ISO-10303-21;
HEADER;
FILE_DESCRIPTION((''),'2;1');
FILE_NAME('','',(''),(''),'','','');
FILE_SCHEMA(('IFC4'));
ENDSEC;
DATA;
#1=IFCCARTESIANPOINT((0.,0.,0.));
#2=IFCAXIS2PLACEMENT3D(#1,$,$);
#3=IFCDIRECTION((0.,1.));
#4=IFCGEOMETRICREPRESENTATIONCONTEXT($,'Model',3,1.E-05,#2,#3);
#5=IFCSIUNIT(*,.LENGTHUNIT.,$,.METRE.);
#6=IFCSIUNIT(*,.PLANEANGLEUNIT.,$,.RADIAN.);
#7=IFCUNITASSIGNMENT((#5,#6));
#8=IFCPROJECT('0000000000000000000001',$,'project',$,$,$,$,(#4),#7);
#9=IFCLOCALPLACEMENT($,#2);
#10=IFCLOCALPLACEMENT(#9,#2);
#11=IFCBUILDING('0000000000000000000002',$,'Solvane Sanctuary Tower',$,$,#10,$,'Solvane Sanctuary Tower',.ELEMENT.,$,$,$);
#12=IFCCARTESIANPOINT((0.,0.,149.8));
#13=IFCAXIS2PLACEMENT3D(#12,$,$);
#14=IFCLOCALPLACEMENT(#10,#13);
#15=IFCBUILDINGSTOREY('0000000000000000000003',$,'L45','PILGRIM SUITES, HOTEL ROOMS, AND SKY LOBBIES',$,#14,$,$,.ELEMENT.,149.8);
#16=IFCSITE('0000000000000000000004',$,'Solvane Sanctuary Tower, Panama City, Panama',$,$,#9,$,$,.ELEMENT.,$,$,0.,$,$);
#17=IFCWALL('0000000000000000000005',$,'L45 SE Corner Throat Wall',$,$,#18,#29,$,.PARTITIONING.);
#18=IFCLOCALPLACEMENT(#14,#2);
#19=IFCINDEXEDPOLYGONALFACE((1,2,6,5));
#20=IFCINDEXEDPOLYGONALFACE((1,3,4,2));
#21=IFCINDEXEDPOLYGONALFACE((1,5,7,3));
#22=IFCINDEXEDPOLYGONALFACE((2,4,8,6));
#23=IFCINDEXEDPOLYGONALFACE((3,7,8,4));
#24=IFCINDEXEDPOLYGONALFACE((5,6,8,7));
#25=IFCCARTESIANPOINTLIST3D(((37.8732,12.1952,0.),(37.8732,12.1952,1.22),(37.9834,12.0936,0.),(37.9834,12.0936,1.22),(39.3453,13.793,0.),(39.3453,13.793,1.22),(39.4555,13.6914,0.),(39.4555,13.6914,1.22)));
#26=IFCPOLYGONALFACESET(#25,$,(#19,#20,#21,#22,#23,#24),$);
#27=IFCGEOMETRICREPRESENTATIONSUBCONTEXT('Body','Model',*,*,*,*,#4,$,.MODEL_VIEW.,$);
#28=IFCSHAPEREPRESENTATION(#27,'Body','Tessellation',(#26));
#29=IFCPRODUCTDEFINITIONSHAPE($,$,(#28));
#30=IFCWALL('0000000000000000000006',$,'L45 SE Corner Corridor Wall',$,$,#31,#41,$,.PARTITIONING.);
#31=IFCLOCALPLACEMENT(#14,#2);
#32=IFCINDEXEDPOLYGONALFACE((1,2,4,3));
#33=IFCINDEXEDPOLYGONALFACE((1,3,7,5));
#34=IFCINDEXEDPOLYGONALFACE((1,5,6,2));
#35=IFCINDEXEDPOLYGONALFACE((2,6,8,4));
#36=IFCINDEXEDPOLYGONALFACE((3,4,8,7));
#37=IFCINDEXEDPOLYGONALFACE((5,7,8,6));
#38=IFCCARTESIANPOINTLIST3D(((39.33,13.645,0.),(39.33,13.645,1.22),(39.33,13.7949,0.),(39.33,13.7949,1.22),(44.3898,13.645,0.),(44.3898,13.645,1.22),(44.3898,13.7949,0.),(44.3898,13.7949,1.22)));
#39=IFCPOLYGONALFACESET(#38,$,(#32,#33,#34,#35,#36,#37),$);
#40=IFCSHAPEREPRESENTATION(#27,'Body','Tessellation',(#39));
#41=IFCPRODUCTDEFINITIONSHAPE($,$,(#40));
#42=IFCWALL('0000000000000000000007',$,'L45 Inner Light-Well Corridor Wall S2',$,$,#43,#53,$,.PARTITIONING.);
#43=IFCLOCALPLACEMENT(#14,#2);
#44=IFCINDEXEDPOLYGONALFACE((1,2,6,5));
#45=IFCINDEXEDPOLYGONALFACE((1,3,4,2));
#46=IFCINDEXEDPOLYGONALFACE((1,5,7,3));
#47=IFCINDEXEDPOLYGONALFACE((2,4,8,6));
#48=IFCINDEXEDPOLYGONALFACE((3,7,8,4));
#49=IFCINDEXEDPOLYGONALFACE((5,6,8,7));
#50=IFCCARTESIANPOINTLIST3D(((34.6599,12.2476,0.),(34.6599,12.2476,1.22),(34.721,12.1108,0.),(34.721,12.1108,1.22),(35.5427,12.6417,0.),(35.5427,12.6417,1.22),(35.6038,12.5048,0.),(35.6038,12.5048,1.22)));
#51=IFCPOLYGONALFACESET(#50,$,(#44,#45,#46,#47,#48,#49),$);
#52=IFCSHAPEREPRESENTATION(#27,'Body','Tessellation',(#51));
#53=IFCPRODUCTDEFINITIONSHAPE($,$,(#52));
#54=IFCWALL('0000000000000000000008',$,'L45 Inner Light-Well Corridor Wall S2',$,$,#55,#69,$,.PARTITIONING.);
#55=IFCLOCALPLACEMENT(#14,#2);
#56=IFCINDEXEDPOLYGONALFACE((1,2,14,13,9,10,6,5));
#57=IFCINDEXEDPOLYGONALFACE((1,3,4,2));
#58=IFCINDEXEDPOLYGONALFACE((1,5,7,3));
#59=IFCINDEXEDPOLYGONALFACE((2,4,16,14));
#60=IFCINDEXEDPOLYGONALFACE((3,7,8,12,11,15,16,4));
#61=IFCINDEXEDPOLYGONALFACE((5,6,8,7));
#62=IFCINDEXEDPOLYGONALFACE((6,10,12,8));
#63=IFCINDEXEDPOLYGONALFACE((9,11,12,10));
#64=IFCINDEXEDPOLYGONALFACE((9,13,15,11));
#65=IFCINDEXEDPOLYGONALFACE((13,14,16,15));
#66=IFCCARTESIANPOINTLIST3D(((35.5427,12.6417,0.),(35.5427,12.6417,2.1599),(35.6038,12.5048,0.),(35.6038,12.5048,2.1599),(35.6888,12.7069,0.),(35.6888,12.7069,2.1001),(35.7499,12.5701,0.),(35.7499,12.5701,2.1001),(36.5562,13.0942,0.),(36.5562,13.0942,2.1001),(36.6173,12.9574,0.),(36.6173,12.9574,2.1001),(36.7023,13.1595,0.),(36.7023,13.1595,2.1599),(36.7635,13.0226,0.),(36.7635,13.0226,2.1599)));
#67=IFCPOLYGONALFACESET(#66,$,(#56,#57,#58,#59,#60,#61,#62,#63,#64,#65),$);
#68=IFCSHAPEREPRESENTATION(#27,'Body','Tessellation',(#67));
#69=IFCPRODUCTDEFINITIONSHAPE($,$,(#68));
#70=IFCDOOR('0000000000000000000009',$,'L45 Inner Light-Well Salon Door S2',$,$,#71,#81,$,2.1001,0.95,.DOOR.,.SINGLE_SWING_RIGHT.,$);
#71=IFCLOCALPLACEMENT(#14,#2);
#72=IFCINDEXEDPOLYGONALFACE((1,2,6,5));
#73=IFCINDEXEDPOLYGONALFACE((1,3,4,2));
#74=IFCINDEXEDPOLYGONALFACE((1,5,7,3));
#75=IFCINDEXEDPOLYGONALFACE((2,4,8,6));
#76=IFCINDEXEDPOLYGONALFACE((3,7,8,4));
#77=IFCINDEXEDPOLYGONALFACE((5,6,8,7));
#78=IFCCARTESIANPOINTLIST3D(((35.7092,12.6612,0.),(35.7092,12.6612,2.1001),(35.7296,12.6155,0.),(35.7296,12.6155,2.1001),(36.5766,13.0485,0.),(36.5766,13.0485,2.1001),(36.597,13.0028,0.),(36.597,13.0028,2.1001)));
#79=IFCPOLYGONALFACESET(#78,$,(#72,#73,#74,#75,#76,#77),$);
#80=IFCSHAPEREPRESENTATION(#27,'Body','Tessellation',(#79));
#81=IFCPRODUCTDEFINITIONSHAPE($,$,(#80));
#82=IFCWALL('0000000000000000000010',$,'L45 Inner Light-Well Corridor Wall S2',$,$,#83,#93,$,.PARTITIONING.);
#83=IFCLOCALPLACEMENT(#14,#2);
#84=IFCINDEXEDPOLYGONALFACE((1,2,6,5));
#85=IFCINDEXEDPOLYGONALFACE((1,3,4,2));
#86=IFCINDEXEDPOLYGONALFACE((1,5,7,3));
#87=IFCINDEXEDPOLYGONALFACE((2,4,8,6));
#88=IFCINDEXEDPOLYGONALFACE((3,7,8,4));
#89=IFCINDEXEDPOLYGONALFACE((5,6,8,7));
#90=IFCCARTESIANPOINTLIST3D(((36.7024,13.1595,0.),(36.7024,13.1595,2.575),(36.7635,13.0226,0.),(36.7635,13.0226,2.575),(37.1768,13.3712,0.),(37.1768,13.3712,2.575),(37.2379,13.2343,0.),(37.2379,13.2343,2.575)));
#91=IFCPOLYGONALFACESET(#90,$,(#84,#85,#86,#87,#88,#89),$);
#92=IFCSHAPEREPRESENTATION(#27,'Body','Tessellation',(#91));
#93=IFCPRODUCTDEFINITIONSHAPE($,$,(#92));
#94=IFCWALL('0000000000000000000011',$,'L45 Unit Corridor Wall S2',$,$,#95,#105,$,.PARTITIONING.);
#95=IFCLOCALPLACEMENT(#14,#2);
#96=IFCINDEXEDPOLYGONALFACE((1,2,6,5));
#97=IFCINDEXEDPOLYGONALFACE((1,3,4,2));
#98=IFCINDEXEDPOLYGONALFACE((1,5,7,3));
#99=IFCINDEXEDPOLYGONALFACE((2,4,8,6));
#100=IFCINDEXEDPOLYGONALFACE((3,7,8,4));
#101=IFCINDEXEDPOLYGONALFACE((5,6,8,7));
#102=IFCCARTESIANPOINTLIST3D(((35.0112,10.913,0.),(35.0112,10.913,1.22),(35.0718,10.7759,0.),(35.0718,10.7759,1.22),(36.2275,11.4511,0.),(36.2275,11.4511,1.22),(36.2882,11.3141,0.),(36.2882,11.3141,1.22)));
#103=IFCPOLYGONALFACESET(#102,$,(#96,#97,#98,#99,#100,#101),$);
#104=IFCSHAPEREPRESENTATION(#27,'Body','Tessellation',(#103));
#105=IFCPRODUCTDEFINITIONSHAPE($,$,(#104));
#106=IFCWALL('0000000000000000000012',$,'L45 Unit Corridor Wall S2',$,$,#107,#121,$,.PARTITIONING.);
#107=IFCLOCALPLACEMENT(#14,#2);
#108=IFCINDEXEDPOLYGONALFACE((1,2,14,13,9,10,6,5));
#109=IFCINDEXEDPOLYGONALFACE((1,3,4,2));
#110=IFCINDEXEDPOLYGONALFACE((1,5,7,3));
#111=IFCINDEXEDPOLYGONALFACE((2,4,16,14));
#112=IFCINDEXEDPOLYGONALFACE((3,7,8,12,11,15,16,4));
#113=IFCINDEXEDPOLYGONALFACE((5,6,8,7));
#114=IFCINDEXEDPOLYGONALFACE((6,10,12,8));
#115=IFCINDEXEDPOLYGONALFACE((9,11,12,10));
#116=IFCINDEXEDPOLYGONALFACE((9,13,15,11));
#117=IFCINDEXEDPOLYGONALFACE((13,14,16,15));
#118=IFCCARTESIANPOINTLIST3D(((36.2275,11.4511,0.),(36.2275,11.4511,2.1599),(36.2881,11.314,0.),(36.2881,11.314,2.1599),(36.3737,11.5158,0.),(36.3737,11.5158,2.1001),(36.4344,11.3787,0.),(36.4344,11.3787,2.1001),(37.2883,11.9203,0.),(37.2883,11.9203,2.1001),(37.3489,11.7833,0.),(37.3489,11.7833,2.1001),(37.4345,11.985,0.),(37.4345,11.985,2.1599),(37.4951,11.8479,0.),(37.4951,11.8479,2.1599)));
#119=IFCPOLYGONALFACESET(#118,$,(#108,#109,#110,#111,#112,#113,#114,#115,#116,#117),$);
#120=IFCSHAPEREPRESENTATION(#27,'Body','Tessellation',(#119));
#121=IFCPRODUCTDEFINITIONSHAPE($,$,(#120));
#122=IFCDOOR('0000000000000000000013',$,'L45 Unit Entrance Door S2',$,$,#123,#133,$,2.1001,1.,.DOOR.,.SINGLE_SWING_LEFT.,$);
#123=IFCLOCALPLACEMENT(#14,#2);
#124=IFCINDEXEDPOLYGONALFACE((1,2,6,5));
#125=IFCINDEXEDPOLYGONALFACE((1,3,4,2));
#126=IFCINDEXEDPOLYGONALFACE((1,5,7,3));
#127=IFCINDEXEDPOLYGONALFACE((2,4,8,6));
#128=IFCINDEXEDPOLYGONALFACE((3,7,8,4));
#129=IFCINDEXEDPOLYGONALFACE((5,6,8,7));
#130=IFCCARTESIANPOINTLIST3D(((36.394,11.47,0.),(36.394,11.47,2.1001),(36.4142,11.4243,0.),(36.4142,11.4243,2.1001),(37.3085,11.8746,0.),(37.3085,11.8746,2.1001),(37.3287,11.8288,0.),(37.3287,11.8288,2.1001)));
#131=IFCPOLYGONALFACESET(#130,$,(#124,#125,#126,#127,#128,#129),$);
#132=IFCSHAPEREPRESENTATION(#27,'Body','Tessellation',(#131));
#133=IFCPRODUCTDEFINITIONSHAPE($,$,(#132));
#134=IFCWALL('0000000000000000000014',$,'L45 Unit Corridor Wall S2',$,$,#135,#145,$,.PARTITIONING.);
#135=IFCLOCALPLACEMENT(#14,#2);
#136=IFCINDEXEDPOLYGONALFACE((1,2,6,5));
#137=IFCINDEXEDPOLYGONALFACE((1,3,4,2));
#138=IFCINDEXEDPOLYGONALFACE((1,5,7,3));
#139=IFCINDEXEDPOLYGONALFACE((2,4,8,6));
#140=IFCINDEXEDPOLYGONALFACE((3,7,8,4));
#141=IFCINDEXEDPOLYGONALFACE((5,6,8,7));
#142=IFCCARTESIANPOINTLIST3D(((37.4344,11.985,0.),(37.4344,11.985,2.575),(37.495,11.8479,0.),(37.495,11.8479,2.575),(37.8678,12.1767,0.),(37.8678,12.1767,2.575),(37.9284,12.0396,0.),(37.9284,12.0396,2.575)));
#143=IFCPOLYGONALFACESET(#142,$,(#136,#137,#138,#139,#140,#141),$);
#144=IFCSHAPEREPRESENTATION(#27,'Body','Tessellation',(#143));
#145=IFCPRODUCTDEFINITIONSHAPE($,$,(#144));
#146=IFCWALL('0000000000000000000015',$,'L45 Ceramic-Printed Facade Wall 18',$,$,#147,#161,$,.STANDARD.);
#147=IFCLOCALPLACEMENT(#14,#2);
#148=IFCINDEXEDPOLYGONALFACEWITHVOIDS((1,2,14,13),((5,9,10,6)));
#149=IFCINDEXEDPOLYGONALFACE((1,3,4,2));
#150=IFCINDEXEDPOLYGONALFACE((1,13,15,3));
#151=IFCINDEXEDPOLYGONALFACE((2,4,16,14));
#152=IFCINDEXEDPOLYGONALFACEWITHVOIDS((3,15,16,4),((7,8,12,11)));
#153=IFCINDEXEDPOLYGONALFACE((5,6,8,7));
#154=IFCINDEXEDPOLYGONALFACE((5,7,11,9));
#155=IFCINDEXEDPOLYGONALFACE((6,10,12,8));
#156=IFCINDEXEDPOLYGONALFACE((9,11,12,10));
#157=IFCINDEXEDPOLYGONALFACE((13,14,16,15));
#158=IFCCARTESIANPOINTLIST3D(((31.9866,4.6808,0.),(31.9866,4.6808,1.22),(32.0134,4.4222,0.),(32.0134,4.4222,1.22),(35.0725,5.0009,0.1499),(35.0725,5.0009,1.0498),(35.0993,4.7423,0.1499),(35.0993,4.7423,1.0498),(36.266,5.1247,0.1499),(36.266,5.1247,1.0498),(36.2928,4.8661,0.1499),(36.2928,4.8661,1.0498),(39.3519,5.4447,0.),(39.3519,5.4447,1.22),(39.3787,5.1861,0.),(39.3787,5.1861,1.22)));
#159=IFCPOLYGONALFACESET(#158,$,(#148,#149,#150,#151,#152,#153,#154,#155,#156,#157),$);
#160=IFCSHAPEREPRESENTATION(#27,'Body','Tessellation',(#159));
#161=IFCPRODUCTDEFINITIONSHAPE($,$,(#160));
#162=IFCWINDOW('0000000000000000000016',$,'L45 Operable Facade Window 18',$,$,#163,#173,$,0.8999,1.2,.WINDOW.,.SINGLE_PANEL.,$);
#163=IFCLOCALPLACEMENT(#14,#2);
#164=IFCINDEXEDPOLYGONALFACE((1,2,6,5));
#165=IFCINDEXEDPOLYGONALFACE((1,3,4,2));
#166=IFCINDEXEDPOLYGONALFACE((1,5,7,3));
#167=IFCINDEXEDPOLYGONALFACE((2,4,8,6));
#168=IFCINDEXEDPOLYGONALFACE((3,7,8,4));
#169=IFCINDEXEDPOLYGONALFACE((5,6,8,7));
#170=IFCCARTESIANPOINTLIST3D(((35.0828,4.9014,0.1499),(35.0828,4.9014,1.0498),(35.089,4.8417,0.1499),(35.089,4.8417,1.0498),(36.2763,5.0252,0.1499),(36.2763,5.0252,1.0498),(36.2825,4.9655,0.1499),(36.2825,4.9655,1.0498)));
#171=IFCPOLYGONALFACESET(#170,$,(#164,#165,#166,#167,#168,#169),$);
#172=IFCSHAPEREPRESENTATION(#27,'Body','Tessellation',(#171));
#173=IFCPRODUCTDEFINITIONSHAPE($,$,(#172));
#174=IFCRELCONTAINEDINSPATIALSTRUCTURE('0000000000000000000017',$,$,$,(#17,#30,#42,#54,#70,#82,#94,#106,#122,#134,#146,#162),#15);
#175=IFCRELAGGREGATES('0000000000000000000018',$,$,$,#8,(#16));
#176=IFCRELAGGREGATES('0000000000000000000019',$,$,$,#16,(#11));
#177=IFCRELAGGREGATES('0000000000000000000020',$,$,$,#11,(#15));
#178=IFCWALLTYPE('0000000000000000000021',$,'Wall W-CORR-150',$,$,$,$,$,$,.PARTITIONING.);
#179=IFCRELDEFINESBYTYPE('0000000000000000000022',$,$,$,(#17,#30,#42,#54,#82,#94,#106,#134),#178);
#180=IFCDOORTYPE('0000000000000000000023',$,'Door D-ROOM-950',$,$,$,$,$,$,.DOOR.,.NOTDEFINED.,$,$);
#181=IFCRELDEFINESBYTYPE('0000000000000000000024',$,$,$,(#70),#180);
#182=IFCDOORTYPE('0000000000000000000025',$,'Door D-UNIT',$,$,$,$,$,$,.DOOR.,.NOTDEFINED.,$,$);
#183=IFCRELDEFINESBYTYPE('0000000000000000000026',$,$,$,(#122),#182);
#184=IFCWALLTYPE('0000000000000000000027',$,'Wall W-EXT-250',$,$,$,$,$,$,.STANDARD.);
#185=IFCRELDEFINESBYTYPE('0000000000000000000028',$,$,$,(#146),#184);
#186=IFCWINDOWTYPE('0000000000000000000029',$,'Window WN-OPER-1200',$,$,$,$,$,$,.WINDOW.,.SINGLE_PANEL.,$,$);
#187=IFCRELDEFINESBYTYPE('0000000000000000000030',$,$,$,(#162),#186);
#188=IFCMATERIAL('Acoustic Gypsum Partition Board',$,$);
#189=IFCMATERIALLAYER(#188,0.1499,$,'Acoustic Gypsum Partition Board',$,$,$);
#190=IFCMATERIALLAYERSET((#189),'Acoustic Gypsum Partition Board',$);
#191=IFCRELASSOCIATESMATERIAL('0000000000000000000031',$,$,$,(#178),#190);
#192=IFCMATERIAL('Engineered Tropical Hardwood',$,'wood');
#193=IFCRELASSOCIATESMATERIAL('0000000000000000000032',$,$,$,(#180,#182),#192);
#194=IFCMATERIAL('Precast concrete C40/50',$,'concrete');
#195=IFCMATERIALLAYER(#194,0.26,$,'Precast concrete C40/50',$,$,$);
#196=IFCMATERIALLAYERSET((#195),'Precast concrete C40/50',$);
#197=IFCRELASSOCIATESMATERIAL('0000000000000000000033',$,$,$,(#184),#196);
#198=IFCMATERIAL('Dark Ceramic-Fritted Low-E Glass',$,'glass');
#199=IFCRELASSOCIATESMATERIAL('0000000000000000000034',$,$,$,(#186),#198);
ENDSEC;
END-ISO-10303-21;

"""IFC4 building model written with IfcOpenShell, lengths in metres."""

from ifc_helpers import new_model, si_unit, direction, frame, frame_2d, origin, place, context, subcontext, project, spatial, rectangle, extrude, material, layer, layer_set, type_object, element, fill, save


model = new_model("IFC4")

# Units and contexts
model_context = context("Model", 3, precision=1e-05, world=origin(), true_north=direction((0.0, 1.0)))
body_context = subcontext(model_context, "Body", "Model", "MODEL_VIEW")
ifc_project = project(units=[si_unit("LENGTHUNIT", "METRE"), si_unit("PLANEANGLEUNIT", "RADIAN")], contexts=[model_context])

# Site, building, storey
site_placement = place(None, origin())
site = spatial("IfcSite", under=ifc_project, at=site_placement, Name="Solvane Sanctuary Tower, Panama City, Panama", CompositionType="ELEMENT", RefElevation=0.0)
building_placement = place(site_placement, origin())
building = spatial("IfcBuilding", under=site, at=building_placement, Name="Solvane Sanctuary Tower", LongName="Solvane Sanctuary Tower", CompositionType="ELEMENT")
storey_placement = place(building_placement, frame((0.0, 0.0, 149.8)))
storey = spatial("IfcBuildingStorey", under=building, at=storey_placement, Name="L45", Description="PILGRIM SUITES, HOTEL ROOMS, AND SKY LOBBIES", CompositionType="ELEMENT", Elevation=149.8)

# Walls
ifc_material_1 = material(Name="Acoustic Gypsum Partition Board")
ifc_layer_1 = layer(ifc_material_1, 0.1499, Name="Acoustic Gypsum Partition Board")
ifc_layer_set_1 = layer_set([ifc_layer_1], Name="Acoustic Gypsum Partition Board")
wall_type_1 = type_object("IfcWallType", Name="Wall W-CORR-150", PredefinedType="PARTITIONING", material=ifc_layer_set_1)
wall_1_placement = place(storey_placement, frame((37.9282, 12.1443, 0.0), z_axis=(0.0, 0.0, 1.0), x_axis=(0.67758, 0.735449, 0.0)))
element("IfcWall", 1, at=wall_1_placement, inside=storey, type_object=wall_type_1, Name="L45 SE Corner Throat Wall", PredefinedType="PARTITIONING", context=body_context, shape_type="SweptSolid", body=[
    extrude(rectangle(XDim=2.1726, YDim=0.1499, at=frame_2d((1.0864, 0.0))), origin(), (0.0, 0.0, 1.0), 1.22),
])
wall_2_placement = place(storey_placement, frame((39.3301, 13.72, 0.0), z_axis=(0.0, 0.0, 1.0), x_axis=(1.0, 0.0, 0.0)))
element("IfcWall", 2, at=wall_2_placement, inside=storey, type_object=wall_type_1, Name="L45 SE Corner Corridor Wall", PredefinedType="PARTITIONING", context=body_context, shape_type="SweptSolid", body=[
    extrude(rectangle(XDim=5.0598, YDim=0.1499, at=frame_2d((2.5298, 0.0))), origin(), (0.0, 0.0, 1.0), 1.22),
])
wall_3_placement = place(storey_placement, frame((34.6904, 12.1792, 0.0), z_axis=(0.0, 0.0, 1.0), x_axis=(0.913165, 0.407591, 0.0)))
element("IfcWall", 3, at=wall_3_placement, inside=storey, type_object=wall_type_1, Name="L45 Inner Light-Well Corridor Wall S2", PredefinedType="PARTITIONING", context=body_context, shape_type="SweptSolid", body=[
    extrude(rectangle(XDim=0.9668, YDim=0.1499, at=frame_2d((0.4834, 0.0))), origin(), (0.0, 0.0, 1.0), 1.22),
])

# Wall, opening, door
wall_4_placement = place(storey_placement, frame((35.5732, 12.5732, 0.0), z_axis=(0.0, 0.0, 1.0), x_axis=(0.913105, 0.407725, 0.0)))
wall_4 = element("IfcWall", 4, at=wall_4_placement, inside=storey, type_object=wall_type_1, Name="L45 Inner Light-Well Corridor Wall S2", PredefinedType="PARTITIONING", context=body_context, shape_type="SweptSolid", body=[
    extrude(rectangle(XDim=1.27, YDim=0.1499, at=frame_2d((0.635, 0.0))), origin(), (0.0, 0.0, 1.0), 2.1599),
])
opening_1_placement = place(wall_4_placement, frame((0.1599, 0.0, 0.0)))
opening_1 = element("IfcOpeningElement", 5, at=opening_1_placement, cuts=wall_4, PredefinedType="OPENING", context=body_context, shape_type="SweptSolid", body=[
    extrude(rectangle(XDim=0.95, YDim=2.1001, at=frame_2d((0.4751, 1.05))), frame((0.0, 0.085, 0.0), z_axis=(0.0, -1.0, 0.0), x_axis=(1.0, 0.0, 0.0)), (0.0, 0.0, 1.0), 0.1699),
])
ifc_material_2 = material(Name="Engineered Tropical Hardwood", Category="wood")
door_type_1 = type_object("IfcDoorType", Name="Door D-ROOM-950", OperationType="NOTDEFINED", PredefinedType="DOOR", material=ifc_material_2)
door_1_placement = place(opening_1_placement, origin())
door_1 = element("IfcDoor", 6, at=door_1_placement, inside=storey, type_object=door_type_1, Name="L45 Inner Light-Well Salon Door S2", OperationType="SINGLE_SWING_RIGHT", OverallHeight=2.1001, OverallWidth=0.95, PredefinedType="DOOR", context=body_context, shape_type="SweptSolid", body=[
    extrude(rectangle(XDim=0.95, YDim=2.1001, at=frame_2d((0.4751, 1.05))), frame((0.0, 0.0249, 0.0), z_axis=(0.0, -1.0, 0.0), x_axis=(1.0, 0.0, 0.0)), (0.0, 0.0, 1.0), 0.05),
])
fill(opening_1, door_1)

# Walls
wall_5_placement = place(storey_placement, frame((36.7329, 13.0911, 0.0), z_axis=(0.0, 0.0, 1.0), x_axis=(0.91321, 0.40749, 0.0)))
element("IfcWall", 7, at=wall_5_placement, inside=storey, type_object=wall_type_1, Name="L45 Inner Light-Well Corridor Wall S2", PredefinedType="PARTITIONING", context=body_context, shape_type="SweptSolid", body=[
    extrude(rectangle(XDim=0.5195, YDim=0.1499, at=frame_2d((0.2598, 0.0))), origin(), (0.0, 0.0, 1.0), 2.575),
])
wall_6_placement = place(storey_placement, frame((35.0415, 10.8445, 0.0), z_axis=(0.0, 0.0, 1.0), x_axis=(0.914507, 0.404571, 0.0)))
element("IfcWall", 8, at=wall_6_placement, inside=storey, type_object=wall_type_1, Name="L45 Unit Corridor Wall S2", PredefinedType="PARTITIONING", context=body_context, shape_type="SweptSolid", body=[
    extrude(rectangle(XDim=1.3301, YDim=0.1499, at=frame_2d((0.665, 0.0))), origin(), (0.0, 0.0, 1.0), 1.22),
])

# Wall, opening, door
wall_7_placement = place(storey_placement, frame((36.2578, 11.3826, 0.0), z_axis=(0.0, 0.0, 1.0), x_axis=(0.91452, 0.404542, 0.0)))
wall_7 = element("IfcWall", 9, at=wall_7_placement, inside=storey, type_object=wall_type_1, Name="L45 Unit Corridor Wall S2", PredefinedType="PARTITIONING", context=body_context, shape_type="SweptSolid", body=[
    extrude(rectangle(XDim=1.3198, YDim=0.1499, at=frame_2d((0.6599, 0.0))), origin(), (0.0, 0.0, 1.0), 2.1599),
])
opening_2_placement = place(wall_7_placement, frame((0.1599, 0.0, 0.0)))
opening_2 = element("IfcOpeningElement", 10, at=opening_2_placement, cuts=wall_7, PredefinedType="OPENING", context=body_context, shape_type="SweptSolid", body=[
    extrude(rectangle(XDim=1.0, YDim=2.1001, at=frame_2d((0.5, 1.05))), frame((0.0, 0.085, 0.0), z_axis=(0.0, -1.0, 0.0), x_axis=(1.0, 0.0, 0.0)), (0.0, 0.0, 1.0), 0.1699),
])
door_type_2 = type_object("IfcDoorType", Name="Door D-UNIT", OperationType="NOTDEFINED", PredefinedType="DOOR", material=ifc_material_2)
door_2_placement = place(opening_2_placement, origin())
door_2 = element("IfcDoor", 11, at=door_2_placement, inside=storey, type_object=door_type_2, Name="L45 Unit Entrance Door S2", OperationType="SINGLE_SWING_LEFT", OverallHeight=2.1001, OverallWidth=1.0, PredefinedType="DOOR", context=body_context, shape_type="SweptSolid", body=[
    extrude(rectangle(XDim=1.0, YDim=2.1001, at=frame_2d((0.5, 1.05))), frame((0.0, 0.0249, 0.0), z_axis=(0.0, -1.0, 0.0), x_axis=(1.0, 0.0, 0.0)), (0.0, 0.0, 1.0), 0.05),
])
fill(opening_2, door_2)

# Wall
wall_8_placement = place(storey_placement, frame((37.4648, 11.9165, 0.0), z_axis=(0.0, 0.0, 1.0), x_axis=(0.914554, 0.404465, 0.0)))
element("IfcWall", 12, at=wall_8_placement, inside=storey, type_object=wall_type_1, Name="L45 Unit Corridor Wall S2", PredefinedType="PARTITIONING", context=body_context, shape_type="SweptSolid", body=[
    extrude(rectangle(XDim=0.4739, YDim=0.1499, at=frame_2d((0.2368, 0.0))), origin(), (0.0, 0.0, 1.0), 2.575),
])

# Wall, opening, window
ifc_material_3 = material(Name="Precast concrete C40/50", Category="concrete")
ifc_layer_2 = layer(ifc_material_3, 0.26, Name="Precast concrete C40/50")
ifc_layer_set_2 = layer_set([ifc_layer_2], Name="Precast concrete C40/50")
wall_type_2 = type_object("IfcWallType", Name="Wall W-EXT-250", PredefinedType="STANDARD", material=ifc_layer_set_2)
wall_9_placement = place(storey_placement, frame((32.0, 4.5515, 0.0), z_axis=(0.0, 0.0, 1.0), x_axis=(0.994664, 0.103166, 0.0)))
wall_9 = element("IfcWall", 13, at=wall_9_placement, inside=storey, type_object=wall_type_2, Name="L45 Ceramic-Printed Facade Wall 18", PredefinedType="STANDARD", context=body_context, shape_type="SweptSolid", body=[
    extrude(rectangle(XDim=7.4048, YDim=0.26, at=frame_2d((3.7024, 0.0))), origin(), (0.0, 0.0, 1.0), 1.22),
])
opening_3_placement = place(wall_9_placement, frame((3.1023, 0.0, 0.1499)))
opening_3 = element("IfcOpeningElement", 14, at=opening_3_placement, cuts=wall_9, PredefinedType="OPENING", context=body_context, shape_type="SweptSolid", body=[
    extrude(rectangle(XDim=1.2, YDim=0.8999, at=frame_2d((0.6001, 0.45))), frame((0.0, 0.1399, 0.0), z_axis=(0.0, -1.0, 0.0), x_axis=(1.0, 0.0, 0.0)), (0.0, 0.0, 1.0), 0.28),
])
ifc_material_4 = material(Name="Dark Ceramic-Fritted Low-E Glass", Category="glass")
window_type = type_object("IfcWindowType", Name="Window WN-OPER-1200", PartitioningType="SINGLE_PANEL", PredefinedType="WINDOW", material=ifc_material_4)
window_1_placement = place(opening_3_placement, origin())
window_1 = element("IfcWindow", 15, at=window_1_placement, inside=storey, type_object=window_type, Name="L45 Operable Facade Window 18", OverallHeight=0.8999, OverallWidth=1.2, PartitioningType="SINGLE_PANEL", PredefinedType="WINDOW", context=body_context, shape_type="SweptSolid", body=[
    extrude(rectangle(XDim=1.2, YDim=0.8999, at=frame_2d((0.6001, 0.45))), frame((0.0, 0.03, 0.0), z_axis=(0.0, -1.0, 0.0), x_axis=(1.0, 0.0, 0.0)), (0.0, 0.0, 1.0), 0.0601),
])
fill(opening_3, window_1)

save(model, "model.ifc")
